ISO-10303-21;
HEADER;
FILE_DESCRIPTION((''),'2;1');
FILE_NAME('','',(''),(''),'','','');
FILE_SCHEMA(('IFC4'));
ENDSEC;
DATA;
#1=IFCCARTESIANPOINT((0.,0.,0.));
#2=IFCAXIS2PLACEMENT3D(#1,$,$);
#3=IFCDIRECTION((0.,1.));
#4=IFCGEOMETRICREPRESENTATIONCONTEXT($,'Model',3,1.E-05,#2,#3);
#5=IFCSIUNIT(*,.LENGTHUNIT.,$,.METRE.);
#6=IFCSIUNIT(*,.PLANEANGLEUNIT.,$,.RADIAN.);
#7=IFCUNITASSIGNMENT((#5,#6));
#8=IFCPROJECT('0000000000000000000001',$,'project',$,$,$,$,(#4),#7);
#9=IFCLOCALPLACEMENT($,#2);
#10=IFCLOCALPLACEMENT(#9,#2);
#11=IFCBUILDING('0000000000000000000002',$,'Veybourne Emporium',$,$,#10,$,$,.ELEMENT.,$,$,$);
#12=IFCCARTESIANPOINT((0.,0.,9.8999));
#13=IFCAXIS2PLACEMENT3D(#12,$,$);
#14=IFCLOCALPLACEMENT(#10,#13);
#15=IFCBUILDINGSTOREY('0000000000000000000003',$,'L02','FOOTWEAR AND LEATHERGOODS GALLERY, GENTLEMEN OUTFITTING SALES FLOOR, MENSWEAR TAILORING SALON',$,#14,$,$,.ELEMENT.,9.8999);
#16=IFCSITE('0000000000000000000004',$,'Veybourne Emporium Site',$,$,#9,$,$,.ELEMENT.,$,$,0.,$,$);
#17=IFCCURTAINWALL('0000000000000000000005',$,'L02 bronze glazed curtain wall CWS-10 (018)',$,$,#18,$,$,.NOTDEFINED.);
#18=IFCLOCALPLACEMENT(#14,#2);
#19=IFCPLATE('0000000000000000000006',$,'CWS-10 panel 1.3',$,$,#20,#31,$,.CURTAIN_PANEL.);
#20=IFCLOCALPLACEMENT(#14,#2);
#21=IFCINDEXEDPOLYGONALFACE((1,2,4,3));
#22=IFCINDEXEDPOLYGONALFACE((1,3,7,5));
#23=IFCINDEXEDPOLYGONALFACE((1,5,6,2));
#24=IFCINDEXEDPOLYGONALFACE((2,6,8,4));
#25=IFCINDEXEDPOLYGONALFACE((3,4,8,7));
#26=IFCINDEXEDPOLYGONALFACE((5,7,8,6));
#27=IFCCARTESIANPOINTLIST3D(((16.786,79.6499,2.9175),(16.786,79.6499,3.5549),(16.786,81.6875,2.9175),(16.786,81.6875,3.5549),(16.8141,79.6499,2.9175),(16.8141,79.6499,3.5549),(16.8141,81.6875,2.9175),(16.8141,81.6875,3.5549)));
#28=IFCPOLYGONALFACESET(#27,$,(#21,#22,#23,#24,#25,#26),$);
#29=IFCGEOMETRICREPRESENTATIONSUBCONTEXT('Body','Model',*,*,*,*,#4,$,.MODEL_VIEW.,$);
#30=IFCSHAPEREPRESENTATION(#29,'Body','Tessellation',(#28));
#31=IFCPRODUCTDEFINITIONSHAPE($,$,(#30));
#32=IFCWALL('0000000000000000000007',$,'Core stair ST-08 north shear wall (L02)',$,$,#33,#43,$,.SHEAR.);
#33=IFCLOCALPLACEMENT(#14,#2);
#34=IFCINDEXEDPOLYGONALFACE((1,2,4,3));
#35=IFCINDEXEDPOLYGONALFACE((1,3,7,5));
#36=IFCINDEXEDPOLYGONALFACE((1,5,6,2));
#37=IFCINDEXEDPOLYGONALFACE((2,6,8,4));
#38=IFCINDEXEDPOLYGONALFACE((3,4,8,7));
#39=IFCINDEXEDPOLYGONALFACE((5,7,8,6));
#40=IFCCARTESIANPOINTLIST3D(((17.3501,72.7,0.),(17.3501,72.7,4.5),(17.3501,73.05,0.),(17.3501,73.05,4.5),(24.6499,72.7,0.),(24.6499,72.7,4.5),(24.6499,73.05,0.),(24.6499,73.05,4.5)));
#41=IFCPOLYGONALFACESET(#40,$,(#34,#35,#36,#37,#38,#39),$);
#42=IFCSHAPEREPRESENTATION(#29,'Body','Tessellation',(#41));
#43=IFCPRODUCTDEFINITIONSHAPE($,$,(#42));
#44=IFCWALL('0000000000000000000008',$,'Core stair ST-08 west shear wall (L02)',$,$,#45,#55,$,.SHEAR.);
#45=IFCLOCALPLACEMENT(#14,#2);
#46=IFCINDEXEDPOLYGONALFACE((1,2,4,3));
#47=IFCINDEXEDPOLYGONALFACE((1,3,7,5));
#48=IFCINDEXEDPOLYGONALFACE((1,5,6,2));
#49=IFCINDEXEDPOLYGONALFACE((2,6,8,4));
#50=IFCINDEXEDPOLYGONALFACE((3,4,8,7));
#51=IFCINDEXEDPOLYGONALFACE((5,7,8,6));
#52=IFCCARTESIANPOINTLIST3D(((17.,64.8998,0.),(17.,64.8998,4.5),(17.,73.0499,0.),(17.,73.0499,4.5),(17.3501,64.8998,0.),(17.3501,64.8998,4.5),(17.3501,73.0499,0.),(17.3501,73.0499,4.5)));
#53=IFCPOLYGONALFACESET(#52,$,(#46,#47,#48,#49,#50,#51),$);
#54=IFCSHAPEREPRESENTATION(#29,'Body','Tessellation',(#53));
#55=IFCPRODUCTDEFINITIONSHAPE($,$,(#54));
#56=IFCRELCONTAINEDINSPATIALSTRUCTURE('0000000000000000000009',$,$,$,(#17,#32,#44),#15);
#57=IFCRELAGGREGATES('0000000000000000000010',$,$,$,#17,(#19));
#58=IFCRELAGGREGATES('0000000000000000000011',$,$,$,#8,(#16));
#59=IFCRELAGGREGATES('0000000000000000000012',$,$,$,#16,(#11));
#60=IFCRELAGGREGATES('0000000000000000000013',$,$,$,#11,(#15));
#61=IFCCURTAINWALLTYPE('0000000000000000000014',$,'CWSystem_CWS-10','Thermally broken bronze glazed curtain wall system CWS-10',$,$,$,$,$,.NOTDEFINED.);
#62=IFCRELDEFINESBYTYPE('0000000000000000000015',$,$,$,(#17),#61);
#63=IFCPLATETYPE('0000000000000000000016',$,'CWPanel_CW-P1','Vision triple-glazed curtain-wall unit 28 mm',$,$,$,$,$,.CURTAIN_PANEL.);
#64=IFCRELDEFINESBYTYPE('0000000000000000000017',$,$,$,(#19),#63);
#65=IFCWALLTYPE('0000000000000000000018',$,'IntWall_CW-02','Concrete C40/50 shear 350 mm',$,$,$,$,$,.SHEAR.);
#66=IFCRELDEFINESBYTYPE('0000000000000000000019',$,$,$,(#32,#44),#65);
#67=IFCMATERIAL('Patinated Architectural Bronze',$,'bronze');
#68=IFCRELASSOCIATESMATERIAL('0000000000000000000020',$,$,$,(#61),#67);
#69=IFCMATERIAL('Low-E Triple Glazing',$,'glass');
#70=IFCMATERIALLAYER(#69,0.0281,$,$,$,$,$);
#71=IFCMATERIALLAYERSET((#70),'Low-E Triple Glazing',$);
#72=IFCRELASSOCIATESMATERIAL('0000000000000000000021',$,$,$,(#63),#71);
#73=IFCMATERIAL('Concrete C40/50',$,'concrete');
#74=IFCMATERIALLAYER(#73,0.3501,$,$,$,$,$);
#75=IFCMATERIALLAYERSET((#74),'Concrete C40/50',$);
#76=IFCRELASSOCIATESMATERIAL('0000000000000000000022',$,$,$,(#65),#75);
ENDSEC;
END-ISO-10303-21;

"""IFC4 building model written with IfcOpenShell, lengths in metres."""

from ifc_helpers import new_model, si_unit, direction, frame, frame_2d, origin, origin_2d, place, context, subcontext, project, spatial, rectangle, extrude, material, layer, layer_set, type_object, element, aggregate, save


model = new_model("IFC4")

# Units and contexts
model_context = context("Model", 3, precision=1e-05, world=origin(), true_north=direction((0.0, 1.0)))
body_context = subcontext(model_context, "Body", "Model", "MODEL_VIEW")
ifc_project = project(units=[si_unit("LENGTHUNIT", "METRE"), si_unit("PLANEANGLEUNIT", "RADIAN")], contexts=[model_context])

# Site, building, storey
site_placement = place(None, origin())
site = spatial("IfcSite", under=ifc_project, at=site_placement, Name="Veybourne Emporium Site", CompositionType="ELEMENT", RefElevation=0.0)
building_placement = place(site_placement, origin())
building = spatial("IfcBuilding", under=site, at=building_placement, Name="Veybourne Emporium", CompositionType="ELEMENT")
storey_placement = place(building_placement, frame((0.0, 0.0, 9.8999)))
storey = spatial("IfcBuildingStorey", under=building, at=storey_placement, Name="L02", Description="FOOTWEAR AND LEATHERGOODS GALLERY, GENTLEMEN OUTFITTING SALES FLOOR, MENSWEAR TAILORING SALON", CompositionType="ELEMENT", Elevation=9.8999)

# Curtain wall
ifc_material_1 = material(Name="Patinated Architectural Bronze", Category="bronze")
curtain_wall_type = type_object("IfcCurtainWallType", Name="CWSystem_CWS-10", Description="Thermally broken bronze glazed curtain wall system CWS-10", PredefinedType="NOTDEFINED", material=ifc_material_1)
curtain_wall_placement = place(storey_placement, origin())
curtain_wall = element("IfcCurtainWall", 1, at=curtain_wall_placement, inside=storey, type_object=curtain_wall_type, Name="L02 bronze glazed curtain wall CWS-10 (018)", PredefinedType="NOTDEFINED")

# Plate
ifc_material_2 = material(Name="Low-E Triple Glazing", Category="glass")
ifc_layer_1 = layer(ifc_material_2, 0.0281)
ifc_layer_set_1 = layer_set([ifc_layer_1], Name="Low-E Triple Glazing")
plate_type = type_object("IfcPlateType", Name="CWPanel_CW-P1", Description="Vision triple-glazed curtain-wall unit 28 mm", PredefinedType="CURTAIN_PANEL", material=ifc_layer_set_1)
plate_1_placement = place(storey_placement, frame((16.8, 80.6687, 2.9175), z_axis=(0.0, 0.0, 1.0), x_axis=(0.0, 1.0, 0.0)))
plate_1 = element("IfcPlate", 2, at=plate_1_placement, type_object=plate_type, Name="CWS-10 panel 1.3", PredefinedType="CURTAIN_PANEL", context=body_context, shape_type="SweptSolid", body=[
    extrude(rectangle(XDim=2.0376, YDim=0.0281, at=origin_2d()), origin(), (0.0, 0.0, 1.0), 0.6375),
])
aggregate(curtain_wall, [plate_1])

# Walls
ifc_material_3 = material(Name="Concrete C40/50", Category="concrete")
ifc_layer_2 = layer(ifc_material_3, 0.3501)
ifc_layer_set_2 = layer_set([ifc_layer_2], Name="Concrete C40/50")
wall_type_1 = type_object("IfcWallType", Name="IntWall_CW-02", Description="Concrete C40/50 shear 350 mm", PredefinedType="SHEAR", material=ifc_layer_set_2)
wall_1_placement = place(storey_placement, frame((17.3501, 72.875, 0.0), z_axis=(0.0, 0.0, 1.0), x_axis=(1.0, 0.0, 0.0)))
element("IfcWall", 3, at=wall_1_placement, inside=storey, type_object=wall_type_1, Name="Core stair ST-08 north shear wall (L02)", PredefinedType="SHEAR", context=body_context, shape_type="SweptSolid", body=[
    extrude(rectangle(XDim=7.2998, YDim=0.3501, at=frame_2d((3.6499, 0.0))), origin(), (0.0, 0.0, 1.0), 4.5),
])
wall_2_placement = place(storey_placement, frame((17.175, 73.05, 0.0), z_axis=(0.0, 0.0, 1.0), x_axis=(0.0, -1.0, 0.0)))
element("IfcWall", 4, at=wall_2_placement, inside=storey, type_object=wall_type_1, Name="Core stair ST-08 west shear wall (L02)", PredefinedType="SHEAR", context=body_context, shape_type="SweptSolid", body=[
    extrude(rectangle(XDim=8.1501, YDim=0.3501, at=frame_2d((4.0752, 0.0))), origin(), (0.0, 0.0, 1.0), 4.5),
])

save(model, "model.ifc")
